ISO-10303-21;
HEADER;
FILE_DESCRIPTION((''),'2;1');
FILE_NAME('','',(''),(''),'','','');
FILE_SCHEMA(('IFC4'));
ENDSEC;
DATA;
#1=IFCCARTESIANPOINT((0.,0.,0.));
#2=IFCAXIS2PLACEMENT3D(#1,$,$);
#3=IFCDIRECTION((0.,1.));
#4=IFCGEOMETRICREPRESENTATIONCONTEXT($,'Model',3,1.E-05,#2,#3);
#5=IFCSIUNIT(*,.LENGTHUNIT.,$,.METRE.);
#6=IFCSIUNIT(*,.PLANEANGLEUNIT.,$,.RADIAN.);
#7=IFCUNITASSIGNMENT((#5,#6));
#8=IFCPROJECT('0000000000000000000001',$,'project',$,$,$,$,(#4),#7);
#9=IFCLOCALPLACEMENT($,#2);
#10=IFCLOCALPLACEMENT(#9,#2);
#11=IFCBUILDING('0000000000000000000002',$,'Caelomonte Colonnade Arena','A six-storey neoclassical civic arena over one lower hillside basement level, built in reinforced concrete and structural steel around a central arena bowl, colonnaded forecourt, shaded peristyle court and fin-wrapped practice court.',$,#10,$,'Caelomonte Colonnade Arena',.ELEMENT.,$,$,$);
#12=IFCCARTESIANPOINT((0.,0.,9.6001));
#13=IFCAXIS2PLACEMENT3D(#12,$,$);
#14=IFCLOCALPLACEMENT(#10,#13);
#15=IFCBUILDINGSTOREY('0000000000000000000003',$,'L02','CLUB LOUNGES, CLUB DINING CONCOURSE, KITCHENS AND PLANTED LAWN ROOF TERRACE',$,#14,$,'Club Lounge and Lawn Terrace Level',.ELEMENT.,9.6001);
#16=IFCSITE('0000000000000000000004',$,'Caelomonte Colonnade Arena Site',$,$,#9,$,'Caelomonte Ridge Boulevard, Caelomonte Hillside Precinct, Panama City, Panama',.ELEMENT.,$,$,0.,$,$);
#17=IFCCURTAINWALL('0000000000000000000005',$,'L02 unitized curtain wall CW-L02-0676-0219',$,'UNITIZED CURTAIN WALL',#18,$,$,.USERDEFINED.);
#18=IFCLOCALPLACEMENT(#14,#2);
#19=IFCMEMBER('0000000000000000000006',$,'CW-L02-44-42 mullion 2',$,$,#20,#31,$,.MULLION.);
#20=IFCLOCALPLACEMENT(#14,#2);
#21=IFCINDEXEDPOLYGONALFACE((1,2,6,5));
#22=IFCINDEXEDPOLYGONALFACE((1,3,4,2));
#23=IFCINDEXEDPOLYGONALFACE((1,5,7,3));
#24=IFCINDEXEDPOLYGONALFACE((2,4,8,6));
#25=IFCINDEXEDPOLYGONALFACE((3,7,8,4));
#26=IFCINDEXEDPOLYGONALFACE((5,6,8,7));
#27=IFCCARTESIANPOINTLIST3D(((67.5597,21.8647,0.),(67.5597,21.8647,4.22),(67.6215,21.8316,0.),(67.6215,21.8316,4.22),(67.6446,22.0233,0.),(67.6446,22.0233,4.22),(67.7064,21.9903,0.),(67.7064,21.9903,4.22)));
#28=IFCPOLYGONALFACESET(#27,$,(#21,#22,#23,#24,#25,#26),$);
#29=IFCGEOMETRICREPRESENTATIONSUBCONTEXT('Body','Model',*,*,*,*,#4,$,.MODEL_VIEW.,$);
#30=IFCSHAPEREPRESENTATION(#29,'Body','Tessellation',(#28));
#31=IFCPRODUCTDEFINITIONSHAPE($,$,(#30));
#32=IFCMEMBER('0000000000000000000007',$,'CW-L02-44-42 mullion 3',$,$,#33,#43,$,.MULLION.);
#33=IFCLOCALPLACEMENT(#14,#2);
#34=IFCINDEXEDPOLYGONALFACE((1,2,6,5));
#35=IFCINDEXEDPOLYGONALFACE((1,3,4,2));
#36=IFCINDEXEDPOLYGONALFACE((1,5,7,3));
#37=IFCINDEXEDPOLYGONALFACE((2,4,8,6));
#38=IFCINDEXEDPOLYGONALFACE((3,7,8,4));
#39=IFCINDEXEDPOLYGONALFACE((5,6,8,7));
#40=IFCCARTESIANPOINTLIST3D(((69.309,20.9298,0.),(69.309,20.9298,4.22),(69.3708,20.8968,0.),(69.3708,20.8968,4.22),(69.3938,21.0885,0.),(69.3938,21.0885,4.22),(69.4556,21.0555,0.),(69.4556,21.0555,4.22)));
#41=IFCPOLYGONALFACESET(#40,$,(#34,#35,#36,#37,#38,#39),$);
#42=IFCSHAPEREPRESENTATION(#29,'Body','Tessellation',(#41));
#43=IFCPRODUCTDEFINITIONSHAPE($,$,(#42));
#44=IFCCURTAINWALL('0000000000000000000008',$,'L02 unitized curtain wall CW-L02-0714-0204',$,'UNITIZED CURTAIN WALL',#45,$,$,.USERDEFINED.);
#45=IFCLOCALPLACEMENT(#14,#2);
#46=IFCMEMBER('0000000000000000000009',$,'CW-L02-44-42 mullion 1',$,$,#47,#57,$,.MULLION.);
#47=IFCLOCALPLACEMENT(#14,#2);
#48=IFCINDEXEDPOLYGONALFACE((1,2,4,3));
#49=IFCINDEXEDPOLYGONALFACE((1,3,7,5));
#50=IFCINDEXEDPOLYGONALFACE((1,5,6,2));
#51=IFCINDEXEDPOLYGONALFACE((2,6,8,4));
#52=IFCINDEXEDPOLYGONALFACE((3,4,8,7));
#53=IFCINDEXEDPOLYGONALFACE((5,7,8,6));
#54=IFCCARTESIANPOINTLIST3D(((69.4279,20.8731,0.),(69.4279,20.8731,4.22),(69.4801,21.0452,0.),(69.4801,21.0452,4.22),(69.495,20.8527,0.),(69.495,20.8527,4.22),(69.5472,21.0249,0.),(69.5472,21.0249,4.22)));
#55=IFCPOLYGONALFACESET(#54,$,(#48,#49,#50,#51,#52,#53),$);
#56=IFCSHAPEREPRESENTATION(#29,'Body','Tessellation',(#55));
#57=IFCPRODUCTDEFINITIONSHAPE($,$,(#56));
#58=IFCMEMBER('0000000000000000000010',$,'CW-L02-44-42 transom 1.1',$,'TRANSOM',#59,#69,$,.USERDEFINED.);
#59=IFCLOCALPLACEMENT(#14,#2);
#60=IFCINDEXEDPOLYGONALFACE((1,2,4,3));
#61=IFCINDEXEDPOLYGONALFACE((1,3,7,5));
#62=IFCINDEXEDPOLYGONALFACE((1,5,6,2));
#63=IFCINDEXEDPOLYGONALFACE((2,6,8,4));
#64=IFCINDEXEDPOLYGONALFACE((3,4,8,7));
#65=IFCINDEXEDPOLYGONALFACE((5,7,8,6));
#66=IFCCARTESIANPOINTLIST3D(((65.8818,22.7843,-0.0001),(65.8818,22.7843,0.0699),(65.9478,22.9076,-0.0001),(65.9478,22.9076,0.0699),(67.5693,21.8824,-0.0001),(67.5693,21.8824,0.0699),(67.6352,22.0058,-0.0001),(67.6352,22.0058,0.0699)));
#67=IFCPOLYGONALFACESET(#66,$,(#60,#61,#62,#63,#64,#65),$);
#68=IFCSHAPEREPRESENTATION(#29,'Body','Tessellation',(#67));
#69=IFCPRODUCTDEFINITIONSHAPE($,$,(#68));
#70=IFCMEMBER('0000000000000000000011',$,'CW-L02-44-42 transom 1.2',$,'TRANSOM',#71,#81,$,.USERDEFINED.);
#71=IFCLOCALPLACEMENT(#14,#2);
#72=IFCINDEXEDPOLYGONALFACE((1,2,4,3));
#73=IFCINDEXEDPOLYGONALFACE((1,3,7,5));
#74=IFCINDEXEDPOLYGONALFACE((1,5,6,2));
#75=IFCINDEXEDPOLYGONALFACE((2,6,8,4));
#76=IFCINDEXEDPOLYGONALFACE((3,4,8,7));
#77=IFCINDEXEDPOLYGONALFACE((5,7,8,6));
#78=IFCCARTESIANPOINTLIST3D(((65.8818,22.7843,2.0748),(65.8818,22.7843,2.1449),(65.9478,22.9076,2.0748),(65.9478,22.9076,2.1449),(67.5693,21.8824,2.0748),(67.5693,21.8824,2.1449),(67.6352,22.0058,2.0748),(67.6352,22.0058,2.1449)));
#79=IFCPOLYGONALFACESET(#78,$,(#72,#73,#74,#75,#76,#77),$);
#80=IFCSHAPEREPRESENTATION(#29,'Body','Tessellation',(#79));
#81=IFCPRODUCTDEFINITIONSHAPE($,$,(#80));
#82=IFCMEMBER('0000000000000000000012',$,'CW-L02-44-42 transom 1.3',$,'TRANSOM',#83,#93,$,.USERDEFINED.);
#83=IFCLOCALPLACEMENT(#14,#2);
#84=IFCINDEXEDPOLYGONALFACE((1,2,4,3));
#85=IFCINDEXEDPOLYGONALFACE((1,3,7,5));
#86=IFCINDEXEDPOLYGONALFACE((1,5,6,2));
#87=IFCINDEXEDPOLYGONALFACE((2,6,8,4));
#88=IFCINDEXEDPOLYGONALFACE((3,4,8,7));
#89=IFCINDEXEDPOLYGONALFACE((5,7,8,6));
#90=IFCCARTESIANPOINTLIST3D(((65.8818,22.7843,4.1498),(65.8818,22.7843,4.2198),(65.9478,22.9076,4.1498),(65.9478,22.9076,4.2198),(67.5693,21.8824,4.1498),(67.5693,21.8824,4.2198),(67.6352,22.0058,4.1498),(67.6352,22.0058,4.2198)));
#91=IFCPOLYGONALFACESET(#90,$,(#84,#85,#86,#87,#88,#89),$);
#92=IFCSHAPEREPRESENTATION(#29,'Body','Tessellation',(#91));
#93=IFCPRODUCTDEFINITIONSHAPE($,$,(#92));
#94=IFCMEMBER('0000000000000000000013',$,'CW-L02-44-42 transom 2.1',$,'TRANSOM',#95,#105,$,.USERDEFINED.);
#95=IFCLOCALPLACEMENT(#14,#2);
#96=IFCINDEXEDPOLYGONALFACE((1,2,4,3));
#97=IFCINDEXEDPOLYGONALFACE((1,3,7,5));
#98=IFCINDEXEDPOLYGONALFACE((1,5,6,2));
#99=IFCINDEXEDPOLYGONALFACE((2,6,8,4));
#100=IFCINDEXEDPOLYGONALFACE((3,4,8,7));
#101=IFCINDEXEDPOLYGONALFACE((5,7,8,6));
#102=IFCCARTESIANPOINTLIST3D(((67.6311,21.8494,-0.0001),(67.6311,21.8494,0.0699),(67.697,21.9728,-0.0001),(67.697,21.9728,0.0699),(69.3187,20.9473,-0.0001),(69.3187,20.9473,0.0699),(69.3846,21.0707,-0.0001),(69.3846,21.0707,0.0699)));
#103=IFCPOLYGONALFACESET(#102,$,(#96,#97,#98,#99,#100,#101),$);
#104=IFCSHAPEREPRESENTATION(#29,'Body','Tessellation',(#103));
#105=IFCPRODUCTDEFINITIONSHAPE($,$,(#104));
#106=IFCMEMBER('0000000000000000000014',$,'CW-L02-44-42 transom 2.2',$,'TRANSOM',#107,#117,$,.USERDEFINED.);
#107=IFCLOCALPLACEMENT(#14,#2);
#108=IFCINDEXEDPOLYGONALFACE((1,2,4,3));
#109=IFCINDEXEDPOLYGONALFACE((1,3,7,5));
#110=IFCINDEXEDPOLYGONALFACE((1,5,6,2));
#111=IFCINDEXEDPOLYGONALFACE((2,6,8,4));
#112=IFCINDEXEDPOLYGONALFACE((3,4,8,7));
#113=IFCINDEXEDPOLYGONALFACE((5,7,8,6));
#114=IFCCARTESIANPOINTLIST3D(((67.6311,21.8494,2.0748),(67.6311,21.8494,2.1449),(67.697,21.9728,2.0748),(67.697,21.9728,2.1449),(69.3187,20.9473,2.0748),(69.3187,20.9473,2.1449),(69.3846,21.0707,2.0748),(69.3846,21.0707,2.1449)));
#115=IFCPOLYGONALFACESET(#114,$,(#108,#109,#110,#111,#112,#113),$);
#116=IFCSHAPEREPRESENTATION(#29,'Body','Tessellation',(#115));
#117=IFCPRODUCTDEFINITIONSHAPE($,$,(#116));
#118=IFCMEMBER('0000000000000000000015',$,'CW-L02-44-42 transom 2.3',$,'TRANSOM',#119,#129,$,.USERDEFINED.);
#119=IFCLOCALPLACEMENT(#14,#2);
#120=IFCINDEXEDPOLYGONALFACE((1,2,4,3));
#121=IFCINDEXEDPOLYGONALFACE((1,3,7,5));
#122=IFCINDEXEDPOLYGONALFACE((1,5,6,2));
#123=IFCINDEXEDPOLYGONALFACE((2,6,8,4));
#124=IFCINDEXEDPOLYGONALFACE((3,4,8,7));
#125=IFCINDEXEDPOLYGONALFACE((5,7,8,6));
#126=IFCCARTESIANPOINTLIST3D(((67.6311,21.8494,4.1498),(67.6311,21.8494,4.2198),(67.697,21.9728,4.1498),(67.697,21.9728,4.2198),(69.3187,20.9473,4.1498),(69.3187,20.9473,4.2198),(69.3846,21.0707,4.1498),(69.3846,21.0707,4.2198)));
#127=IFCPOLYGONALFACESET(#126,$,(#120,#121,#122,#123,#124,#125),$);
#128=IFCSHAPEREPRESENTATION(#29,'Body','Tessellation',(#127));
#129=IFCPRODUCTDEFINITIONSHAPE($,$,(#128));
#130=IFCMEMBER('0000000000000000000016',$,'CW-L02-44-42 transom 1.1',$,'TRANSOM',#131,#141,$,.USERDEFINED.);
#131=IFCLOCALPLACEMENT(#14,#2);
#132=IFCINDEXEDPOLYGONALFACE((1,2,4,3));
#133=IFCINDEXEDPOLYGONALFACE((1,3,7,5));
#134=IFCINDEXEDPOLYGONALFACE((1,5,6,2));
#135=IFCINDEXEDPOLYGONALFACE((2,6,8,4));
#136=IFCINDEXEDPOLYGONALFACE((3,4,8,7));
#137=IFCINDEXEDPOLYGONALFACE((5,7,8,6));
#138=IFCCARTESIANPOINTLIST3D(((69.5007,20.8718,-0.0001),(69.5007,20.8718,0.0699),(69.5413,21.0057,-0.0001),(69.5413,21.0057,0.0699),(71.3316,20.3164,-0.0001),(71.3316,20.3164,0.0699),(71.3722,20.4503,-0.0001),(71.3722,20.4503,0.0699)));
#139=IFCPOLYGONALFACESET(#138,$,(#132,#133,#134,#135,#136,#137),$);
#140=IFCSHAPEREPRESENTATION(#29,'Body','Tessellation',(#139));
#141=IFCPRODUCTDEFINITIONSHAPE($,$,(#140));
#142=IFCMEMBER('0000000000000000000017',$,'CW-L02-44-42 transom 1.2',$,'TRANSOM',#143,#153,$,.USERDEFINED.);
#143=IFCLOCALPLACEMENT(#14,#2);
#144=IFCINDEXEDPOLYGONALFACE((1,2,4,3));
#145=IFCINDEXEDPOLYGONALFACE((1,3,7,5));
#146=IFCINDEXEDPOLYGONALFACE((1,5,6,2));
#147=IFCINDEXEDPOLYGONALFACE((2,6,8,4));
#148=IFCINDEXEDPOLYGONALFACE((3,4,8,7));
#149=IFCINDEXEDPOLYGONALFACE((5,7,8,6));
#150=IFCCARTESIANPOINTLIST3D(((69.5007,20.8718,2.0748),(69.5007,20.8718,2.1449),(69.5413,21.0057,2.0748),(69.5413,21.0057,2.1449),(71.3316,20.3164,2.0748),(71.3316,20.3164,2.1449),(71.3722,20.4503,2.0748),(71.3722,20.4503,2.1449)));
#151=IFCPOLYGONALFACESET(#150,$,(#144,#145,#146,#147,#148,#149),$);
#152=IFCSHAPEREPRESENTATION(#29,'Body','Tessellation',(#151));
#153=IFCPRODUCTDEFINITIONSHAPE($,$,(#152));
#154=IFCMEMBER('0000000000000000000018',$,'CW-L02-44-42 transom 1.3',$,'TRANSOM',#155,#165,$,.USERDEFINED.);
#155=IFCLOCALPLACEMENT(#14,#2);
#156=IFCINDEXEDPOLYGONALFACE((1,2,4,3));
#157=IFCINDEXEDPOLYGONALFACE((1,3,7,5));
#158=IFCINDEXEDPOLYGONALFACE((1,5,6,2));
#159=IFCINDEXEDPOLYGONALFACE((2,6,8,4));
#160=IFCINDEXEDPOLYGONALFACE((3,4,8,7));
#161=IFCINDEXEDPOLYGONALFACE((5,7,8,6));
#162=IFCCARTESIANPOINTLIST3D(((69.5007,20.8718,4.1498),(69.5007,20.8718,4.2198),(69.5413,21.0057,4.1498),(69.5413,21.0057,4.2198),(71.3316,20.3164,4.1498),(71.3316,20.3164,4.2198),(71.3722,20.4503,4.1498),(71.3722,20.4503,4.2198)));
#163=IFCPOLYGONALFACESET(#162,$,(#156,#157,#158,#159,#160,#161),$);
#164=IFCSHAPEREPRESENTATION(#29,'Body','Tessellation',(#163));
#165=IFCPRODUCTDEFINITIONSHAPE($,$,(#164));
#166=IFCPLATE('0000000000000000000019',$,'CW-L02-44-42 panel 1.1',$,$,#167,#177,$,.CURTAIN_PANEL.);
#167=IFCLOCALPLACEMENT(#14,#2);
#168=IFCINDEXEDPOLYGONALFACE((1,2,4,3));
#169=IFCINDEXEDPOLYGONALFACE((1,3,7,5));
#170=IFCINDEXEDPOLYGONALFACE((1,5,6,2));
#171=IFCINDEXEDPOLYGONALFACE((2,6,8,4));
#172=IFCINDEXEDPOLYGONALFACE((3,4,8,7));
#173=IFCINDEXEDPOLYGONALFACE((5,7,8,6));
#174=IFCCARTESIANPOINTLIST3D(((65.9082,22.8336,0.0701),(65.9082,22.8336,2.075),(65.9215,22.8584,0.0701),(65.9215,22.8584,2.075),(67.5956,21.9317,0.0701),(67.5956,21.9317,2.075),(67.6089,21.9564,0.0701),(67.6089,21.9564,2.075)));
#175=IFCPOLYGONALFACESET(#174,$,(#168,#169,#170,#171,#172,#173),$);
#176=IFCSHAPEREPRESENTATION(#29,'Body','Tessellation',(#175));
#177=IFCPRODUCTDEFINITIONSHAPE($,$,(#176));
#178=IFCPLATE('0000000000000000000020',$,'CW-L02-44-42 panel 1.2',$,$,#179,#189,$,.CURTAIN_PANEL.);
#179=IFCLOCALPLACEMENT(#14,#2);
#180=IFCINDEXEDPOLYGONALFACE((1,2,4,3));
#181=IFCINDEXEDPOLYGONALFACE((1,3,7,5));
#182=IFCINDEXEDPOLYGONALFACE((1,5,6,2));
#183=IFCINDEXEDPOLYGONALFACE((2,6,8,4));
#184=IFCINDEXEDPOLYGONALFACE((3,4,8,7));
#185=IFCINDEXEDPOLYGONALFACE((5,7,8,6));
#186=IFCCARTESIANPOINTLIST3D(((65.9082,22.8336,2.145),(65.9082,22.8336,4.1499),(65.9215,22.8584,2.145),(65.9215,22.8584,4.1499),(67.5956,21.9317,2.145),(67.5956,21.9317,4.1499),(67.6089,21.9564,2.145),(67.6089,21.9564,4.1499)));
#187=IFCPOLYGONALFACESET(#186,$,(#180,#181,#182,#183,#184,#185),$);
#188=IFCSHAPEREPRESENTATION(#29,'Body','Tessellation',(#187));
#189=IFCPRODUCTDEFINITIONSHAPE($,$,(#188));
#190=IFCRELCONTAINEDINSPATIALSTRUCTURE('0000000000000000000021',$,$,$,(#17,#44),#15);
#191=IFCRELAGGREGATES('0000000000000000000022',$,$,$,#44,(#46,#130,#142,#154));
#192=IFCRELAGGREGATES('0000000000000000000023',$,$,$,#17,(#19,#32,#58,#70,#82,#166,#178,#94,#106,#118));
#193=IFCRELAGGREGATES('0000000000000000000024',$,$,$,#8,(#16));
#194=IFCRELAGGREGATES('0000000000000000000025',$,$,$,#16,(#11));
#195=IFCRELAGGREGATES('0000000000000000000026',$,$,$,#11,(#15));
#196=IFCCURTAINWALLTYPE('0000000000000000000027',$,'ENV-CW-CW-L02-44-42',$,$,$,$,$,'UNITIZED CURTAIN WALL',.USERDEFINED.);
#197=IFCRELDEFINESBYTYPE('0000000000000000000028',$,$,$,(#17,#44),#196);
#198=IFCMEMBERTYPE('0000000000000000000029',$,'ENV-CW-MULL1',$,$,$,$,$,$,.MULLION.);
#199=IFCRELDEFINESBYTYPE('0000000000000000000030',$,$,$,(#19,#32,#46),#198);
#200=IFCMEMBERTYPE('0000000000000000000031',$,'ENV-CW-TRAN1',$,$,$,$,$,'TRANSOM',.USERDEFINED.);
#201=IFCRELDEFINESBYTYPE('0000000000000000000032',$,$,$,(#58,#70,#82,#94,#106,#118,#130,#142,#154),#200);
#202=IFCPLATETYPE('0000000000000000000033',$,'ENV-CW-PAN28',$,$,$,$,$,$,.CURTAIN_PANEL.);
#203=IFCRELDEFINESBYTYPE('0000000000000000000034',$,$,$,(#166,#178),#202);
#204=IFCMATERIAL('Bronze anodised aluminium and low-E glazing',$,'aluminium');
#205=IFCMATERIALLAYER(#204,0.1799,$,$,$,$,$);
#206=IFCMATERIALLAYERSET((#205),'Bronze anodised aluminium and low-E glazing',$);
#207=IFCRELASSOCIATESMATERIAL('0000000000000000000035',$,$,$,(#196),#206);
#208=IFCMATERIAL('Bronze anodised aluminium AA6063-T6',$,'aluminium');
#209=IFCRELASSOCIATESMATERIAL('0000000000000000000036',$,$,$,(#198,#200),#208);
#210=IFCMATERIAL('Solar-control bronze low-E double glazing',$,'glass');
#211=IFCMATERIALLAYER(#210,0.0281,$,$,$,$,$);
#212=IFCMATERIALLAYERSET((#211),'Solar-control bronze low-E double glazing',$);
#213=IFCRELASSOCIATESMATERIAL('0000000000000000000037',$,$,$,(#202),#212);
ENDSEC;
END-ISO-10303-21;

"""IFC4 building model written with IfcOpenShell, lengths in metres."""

from ifc_helpers import new_model, si_unit, direction, frame, origin, origin_2d, place, context, subcontext, project, spatial, rectangle, extrude, material, layer, layer_set, material_profile, profile_set, type_object, element, aggregate, save


model = new_model("IFC4")

# Units and contexts
model_context = context("Model", 3, precision=1e-05, world=origin(), true_north=direction((0.0, 1.0)))
body_context = subcontext(model_context, "Body", "Model", "MODEL_VIEW")
ifc_project = project(units=[si_unit("LENGTHUNIT", "METRE"), si_unit("PLANEANGLEUNIT", "RADIAN")], contexts=[model_context])

# Site, building, storey
site_placement = place(None, origin())
site = spatial("IfcSite", under=ifc_project, at=site_placement, Name="Caelomonte Colonnade Arena Site", LongName="Caelomonte Ridge Boulevard, Caelomonte Hillside Precinct, Panama City, Panama", CompositionType="ELEMENT", RefElevation=0.0)
building_placement = place(site_placement, origin())
building = spatial("IfcBuilding", under=site, at=building_placement, Name="Caelomonte Colonnade Arena", Description="A six-storey neoclassical civic arena over one lower hillside basement level, built in reinforced concrete and structural steel around a central arena bowl, colonnaded forecourt, shaded peristyle court and fin-wrapped practice court.", LongName="Caelomonte Colonnade Arena", CompositionType="ELEMENT")
storey_placement = place(building_placement, frame((0.0, 0.0, 9.6001)))
storey = spatial("IfcBuildingStorey", under=building, at=storey_placement, Name="L02", Description="CLUB LOUNGES, CLUB DINING CONCOURSE, KITCHENS AND PLANTED LAWN ROOF TERRACE", LongName="Club Lounge and Lawn Terrace Level", CompositionType="ELEMENT", Elevation=9.6001)

# Curtain wall, members
ifc_material_1 = material(Name="Bronze anodised aluminium and low-E glazing", Category="aluminium")
ifc_layer_1 = layer(ifc_material_1, 0.1799)
ifc_layer_set_1 = layer_set([ifc_layer_1], Name="Bronze anodised aluminium and low-E glazing")
curtain_wall_type = type_object("IfcCurtainWallType", Name="ENV-CW-CW-L02-44-42", ElementType="UNITIZED CURTAIN WALL", PredefinedType="USERDEFINED", material=ifc_layer_set_1)
curtain_wall_1_placement = place(storey_placement, origin())
curtain_wall_1 = element("IfcCurtainWall", 1, at=curtain_wall_1_placement, inside=storey, type_object=curtain_wall_type, Name="L02 unitized curtain wall CW-L02-0676-0219", ObjectType="UNITIZED CURTAIN WALL", PredefinedType="USERDEFINED")
ifc_material_2 = material(Name="Bronze anodised aluminium AA6063-T6", Category="aluminium")
ifc_material_profile_1 = material_profile(ifc_material_2, rectangle(XDim=0.0701, YDim=0.1799, at=origin_2d()), Name="CWM-70X180")
ifc_profile_set_1 = profile_set([ifc_material_profile_1], Name="Bronze anodised aluminium AA6063-T6")
member_type_1 = type_object("IfcMemberType", Name="ENV-CW-MULL1", PredefinedType="MULLION", material=ifc_profile_set_1)
member_1_placement = place(storey_placement, frame((67.6331, 21.9275, 0.0), z_axis=(0.0, 0.0, 1.0), x_axis=(0.881923, -0.471394, 0.0)))
member_1 = element("IfcMember", 2, at=member_1_placement, type_object=member_type_1, Name="CW-L02-44-42 mullion 2", PredefinedType="MULLION", context=body_context, shape_type="SweptSolid", body=[
    extrude(rectangle(XDim=0.0701, YDim=0.1799, at=origin_2d()), origin(), (0.0, 0.0, 1.0), 4.22),
])
member_2_placement = place(storey_placement, frame((69.3823, 20.9927, 0.0), z_axis=(0.0, 0.0, 1.0), x_axis=(0.881923, -0.471394, 0.0)))
member_2 = element("IfcMember", 3, at=member_2_placement, type_object=member_type_1, Name="CW-L02-44-42 mullion 3", PredefinedType="MULLION", context=body_context, shape_type="SweptSolid", body=[
    extrude(rectangle(XDim=0.0701, YDim=0.1799, at=origin_2d()), origin(), (0.0, 0.0, 1.0), 4.22),
])

# Curtain wall, member
curtain_wall_2_placement = place(storey_placement, origin())
curtain_wall_2 = element("IfcCurtainWall", 4, at=curtain_wall_2_placement, inside=storey, type_object=curtain_wall_type, Name="L02 unitized curtain wall CW-L02-0714-0204", ObjectType="UNITIZED CURTAIN WALL", PredefinedType="USERDEFINED")
member_3_placement = place(storey_placement, frame((69.4875, 20.949, 0.0), z_axis=(0.0, 0.0, 1.0), x_axis=(0.956949, -0.290256, 0.0)))
member_3 = element("IfcMember", 5, at=member_3_placement, type_object=member_type_1, Name="CW-L02-44-42 mullion 1", PredefinedType="MULLION", context=body_context, shape_type="SweptSolid", body=[
    extrude(rectangle(XDim=0.0701, YDim=0.1799, at=origin_2d()), origin(), (0.0, 0.0, 1.0), 4.22),
])

# Members
ifc_material_profile_2 = material_profile(ifc_material_2, rectangle(XDim=0.0701, YDim=0.1399, at=origin_2d()), Name="CWT-70X140")
ifc_profile_set_2 = profile_set([ifc_material_profile_2], Name="Bronze anodised aluminium AA6063-T6")
member_type_2 = type_object("IfcMemberType", Name="ENV-CW-TRAN1", ElementType="TRANSOM", PredefinedType="USERDEFINED", material=ifc_profile_set_2)
member_4_placement = place(storey_placement, frame((65.9148, 22.8459, 0.0349), z_axis=(0.88195, -0.471343, 0.0), x_axis=(0.0, 0.0, 1.0)))
member_4 = element("IfcMember", 6, at=member_4_placement, type_object=member_type_2, Name="CW-L02-44-42 transom 1.1", ObjectType="TRANSOM", PredefinedType="USERDEFINED", context=body_context, shape_type="SweptSolid", body=[
    extrude(rectangle(XDim=0.0701, YDim=0.1399, at=origin_2d()), origin(), (0.0, 0.0, 1.0), 1.9133),
])
member_5_placement = place(storey_placement, frame((65.9148, 22.8459, 2.1099), z_axis=(0.88195, -0.471343, 0.0), x_axis=(0.0, 0.0, 1.0)))
member_5 = element("IfcMember", 7, at=member_5_placement, type_object=member_type_2, Name="CW-L02-44-42 transom 1.2", ObjectType="TRANSOM", PredefinedType="USERDEFINED", context=body_context, shape_type="SweptSolid", body=[
    extrude(rectangle(XDim=0.0701, YDim=0.1399, at=origin_2d()), origin(), (0.0, 0.0, 1.0), 1.9133),
])
member_6_placement = place(storey_placement, frame((65.9148, 22.8459, 4.1848), z_axis=(0.88195, -0.471343, 0.0), x_axis=(0.0, 0.0, 1.0)))
member_6 = element("IfcMember", 8, at=member_6_placement, type_object=member_type_2, Name="CW-L02-44-42 transom 1.3", ObjectType="TRANSOM", PredefinedType="USERDEFINED", context=body_context, shape_type="SweptSolid", body=[
    extrude(rectangle(XDim=0.0701, YDim=0.1399, at=origin_2d()), origin(), (0.0, 0.0, 1.0), 1.9133),
])
member_7_placement = place(storey_placement, frame((67.6641, 21.9111, 0.0349), z_axis=(0.881897, -0.471442, 0.0), x_axis=(0.0, 0.0, 1.0)))
member_7 = element("IfcMember", 9, at=member_7_placement, type_object=member_type_2, Name="CW-L02-44-42 transom 2.1", ObjectType="TRANSOM", PredefinedType="USERDEFINED", context=body_context, shape_type="SweptSolid", body=[
    extrude(rectangle(XDim=0.0701, YDim=0.1399, at=origin_2d()), origin(), (0.0, 0.0, 1.0), 1.9136),
])
member_8_placement = place(storey_placement, frame((67.6641, 21.9111, 2.1099), z_axis=(0.881897, -0.471442, 0.0), x_axis=(0.0, 0.0, 1.0)))
member_8 = element("IfcMember", 10, at=member_8_placement, type_object=member_type_2, Name="CW-L02-44-42 transom 2.2", ObjectType="TRANSOM", PredefinedType="USERDEFINED", context=body_context, shape_type="SweptSolid", body=[
    extrude(rectangle(XDim=0.0701, YDim=0.1399, at=origin_2d()), origin(), (0.0, 0.0, 1.0), 1.9136),
])
member_9_placement = place(storey_placement, frame((67.6641, 21.9111, 4.1848), z_axis=(0.881897, -0.471442, 0.0), x_axis=(0.0, 0.0, 1.0)))
member_9 = element("IfcMember", 11, at=member_9_placement, type_object=member_type_2, Name="CW-L02-44-42 transom 2.3", ObjectType="TRANSOM", PredefinedType="USERDEFINED", context=body_context, shape_type="SweptSolid", body=[
    extrude(rectangle(XDim=0.0701, YDim=0.1399, at=origin_2d()), origin(), (0.0, 0.0, 1.0), 1.9136),
])
member_10_placement = place(storey_placement, frame((69.521, 20.9387, 0.0349), z_axis=(0.956944, -0.290273, 0.0), x_axis=(0.0, 0.0, 1.0)))
member_10 = element("IfcMember", 12, at=member_10_placement, type_object=member_type_2, Name="CW-L02-44-42 transom 1.1", ObjectType="TRANSOM", PredefinedType="USERDEFINED", context=body_context, shape_type="SweptSolid", body=[
    extrude(rectangle(XDim=0.0701, YDim=0.1399, at=origin_2d()), origin(), (0.0, 0.0, 1.0), 1.9133),
])
member_11_placement = place(storey_placement, frame((69.521, 20.9387, 2.1099), z_axis=(0.956944, -0.290273, 0.0), x_axis=(0.0, 0.0, 1.0)))
member_11 = element("IfcMember", 13, at=member_11_placement, type_object=member_type_2, Name="CW-L02-44-42 transom 1.2", ObjectType="TRANSOM", PredefinedType="USERDEFINED", context=body_context, shape_type="SweptSolid", body=[
    extrude(rectangle(XDim=0.0701, YDim=0.1399, at=origin_2d()), origin(), (0.0, 0.0, 1.0), 1.9133),
])
member_12_placement = place(storey_placement, frame((69.521, 20.9387, 4.1848), z_axis=(0.956944, -0.290273, 0.0), x_axis=(0.0, 0.0, 1.0)))
member_12 = element("IfcMember", 14, at=member_12_placement, type_object=member_type_2, Name="CW-L02-44-42 transom 1.3", ObjectType="TRANSOM", PredefinedType="USERDEFINED", context=body_context, shape_type="SweptSolid", body=[
    extrude(rectangle(XDim=0.0701, YDim=0.1399, at=origin_2d()), origin(), (0.0, 0.0, 1.0), 1.9133),
])
aggregate(curtain_wall_2, [member_3, member_10, member_11, member_12])

# Plates
ifc_material_3 = material(Name="Solar-control bronze low-E double glazing", Category="glass")
ifc_layer_2 = layer(ifc_material_3, 0.0281)
ifc_layer_set_2 = layer_set([ifc_layer_2], Name="Solar-control bronze low-E double glazing")
plate_type = type_object("IfcPlateType", Name="ENV-CW-PAN28", PredefinedType="CURTAIN_PANEL", material=ifc_layer_set_2)
plate_1_placement = place(storey_placement, frame((66.7585, 22.395, 0.0701), z_axis=(0.0, 0.0, 1.0), x_axis=(0.881923, -0.471394, 0.0)))
plate_1 = element("IfcPlate", 15, at=plate_1_placement, type_object=plate_type, Name="CW-L02-44-42 panel 1.1", PredefinedType="CURTAIN_PANEL", context=body_context, shape_type="SweptSolid", body=[
    extrude(rectangle(XDim=1.9133, YDim=0.0281, at=origin_2d()), origin(), (0.0, 0.0, 1.0), 2.0049),
])
plate_2_placement = place(storey_placement, frame((66.7585, 22.395, 2.145), z_axis=(0.0, 0.0, 1.0), x_axis=(0.881923, -0.471394, 0.0)))
plate_2 = element("IfcPlate", 16, at=plate_2_placement, type_object=plate_type, Name="CW-L02-44-42 panel 1.2", PredefinedType="CURTAIN_PANEL", context=body_context, shape_type="SweptSolid", body=[
    extrude(rectangle(XDim=1.9133, YDim=0.0281, at=origin_2d()), origin(), (0.0, 0.0, 1.0), 2.0049),
])
aggregate(curtain_wall_1, [member_1, member_2, member_4, member_5, member_6, plate_1, plate_2, member_7, member_8, member_9])

save(model, "model.ifc")
